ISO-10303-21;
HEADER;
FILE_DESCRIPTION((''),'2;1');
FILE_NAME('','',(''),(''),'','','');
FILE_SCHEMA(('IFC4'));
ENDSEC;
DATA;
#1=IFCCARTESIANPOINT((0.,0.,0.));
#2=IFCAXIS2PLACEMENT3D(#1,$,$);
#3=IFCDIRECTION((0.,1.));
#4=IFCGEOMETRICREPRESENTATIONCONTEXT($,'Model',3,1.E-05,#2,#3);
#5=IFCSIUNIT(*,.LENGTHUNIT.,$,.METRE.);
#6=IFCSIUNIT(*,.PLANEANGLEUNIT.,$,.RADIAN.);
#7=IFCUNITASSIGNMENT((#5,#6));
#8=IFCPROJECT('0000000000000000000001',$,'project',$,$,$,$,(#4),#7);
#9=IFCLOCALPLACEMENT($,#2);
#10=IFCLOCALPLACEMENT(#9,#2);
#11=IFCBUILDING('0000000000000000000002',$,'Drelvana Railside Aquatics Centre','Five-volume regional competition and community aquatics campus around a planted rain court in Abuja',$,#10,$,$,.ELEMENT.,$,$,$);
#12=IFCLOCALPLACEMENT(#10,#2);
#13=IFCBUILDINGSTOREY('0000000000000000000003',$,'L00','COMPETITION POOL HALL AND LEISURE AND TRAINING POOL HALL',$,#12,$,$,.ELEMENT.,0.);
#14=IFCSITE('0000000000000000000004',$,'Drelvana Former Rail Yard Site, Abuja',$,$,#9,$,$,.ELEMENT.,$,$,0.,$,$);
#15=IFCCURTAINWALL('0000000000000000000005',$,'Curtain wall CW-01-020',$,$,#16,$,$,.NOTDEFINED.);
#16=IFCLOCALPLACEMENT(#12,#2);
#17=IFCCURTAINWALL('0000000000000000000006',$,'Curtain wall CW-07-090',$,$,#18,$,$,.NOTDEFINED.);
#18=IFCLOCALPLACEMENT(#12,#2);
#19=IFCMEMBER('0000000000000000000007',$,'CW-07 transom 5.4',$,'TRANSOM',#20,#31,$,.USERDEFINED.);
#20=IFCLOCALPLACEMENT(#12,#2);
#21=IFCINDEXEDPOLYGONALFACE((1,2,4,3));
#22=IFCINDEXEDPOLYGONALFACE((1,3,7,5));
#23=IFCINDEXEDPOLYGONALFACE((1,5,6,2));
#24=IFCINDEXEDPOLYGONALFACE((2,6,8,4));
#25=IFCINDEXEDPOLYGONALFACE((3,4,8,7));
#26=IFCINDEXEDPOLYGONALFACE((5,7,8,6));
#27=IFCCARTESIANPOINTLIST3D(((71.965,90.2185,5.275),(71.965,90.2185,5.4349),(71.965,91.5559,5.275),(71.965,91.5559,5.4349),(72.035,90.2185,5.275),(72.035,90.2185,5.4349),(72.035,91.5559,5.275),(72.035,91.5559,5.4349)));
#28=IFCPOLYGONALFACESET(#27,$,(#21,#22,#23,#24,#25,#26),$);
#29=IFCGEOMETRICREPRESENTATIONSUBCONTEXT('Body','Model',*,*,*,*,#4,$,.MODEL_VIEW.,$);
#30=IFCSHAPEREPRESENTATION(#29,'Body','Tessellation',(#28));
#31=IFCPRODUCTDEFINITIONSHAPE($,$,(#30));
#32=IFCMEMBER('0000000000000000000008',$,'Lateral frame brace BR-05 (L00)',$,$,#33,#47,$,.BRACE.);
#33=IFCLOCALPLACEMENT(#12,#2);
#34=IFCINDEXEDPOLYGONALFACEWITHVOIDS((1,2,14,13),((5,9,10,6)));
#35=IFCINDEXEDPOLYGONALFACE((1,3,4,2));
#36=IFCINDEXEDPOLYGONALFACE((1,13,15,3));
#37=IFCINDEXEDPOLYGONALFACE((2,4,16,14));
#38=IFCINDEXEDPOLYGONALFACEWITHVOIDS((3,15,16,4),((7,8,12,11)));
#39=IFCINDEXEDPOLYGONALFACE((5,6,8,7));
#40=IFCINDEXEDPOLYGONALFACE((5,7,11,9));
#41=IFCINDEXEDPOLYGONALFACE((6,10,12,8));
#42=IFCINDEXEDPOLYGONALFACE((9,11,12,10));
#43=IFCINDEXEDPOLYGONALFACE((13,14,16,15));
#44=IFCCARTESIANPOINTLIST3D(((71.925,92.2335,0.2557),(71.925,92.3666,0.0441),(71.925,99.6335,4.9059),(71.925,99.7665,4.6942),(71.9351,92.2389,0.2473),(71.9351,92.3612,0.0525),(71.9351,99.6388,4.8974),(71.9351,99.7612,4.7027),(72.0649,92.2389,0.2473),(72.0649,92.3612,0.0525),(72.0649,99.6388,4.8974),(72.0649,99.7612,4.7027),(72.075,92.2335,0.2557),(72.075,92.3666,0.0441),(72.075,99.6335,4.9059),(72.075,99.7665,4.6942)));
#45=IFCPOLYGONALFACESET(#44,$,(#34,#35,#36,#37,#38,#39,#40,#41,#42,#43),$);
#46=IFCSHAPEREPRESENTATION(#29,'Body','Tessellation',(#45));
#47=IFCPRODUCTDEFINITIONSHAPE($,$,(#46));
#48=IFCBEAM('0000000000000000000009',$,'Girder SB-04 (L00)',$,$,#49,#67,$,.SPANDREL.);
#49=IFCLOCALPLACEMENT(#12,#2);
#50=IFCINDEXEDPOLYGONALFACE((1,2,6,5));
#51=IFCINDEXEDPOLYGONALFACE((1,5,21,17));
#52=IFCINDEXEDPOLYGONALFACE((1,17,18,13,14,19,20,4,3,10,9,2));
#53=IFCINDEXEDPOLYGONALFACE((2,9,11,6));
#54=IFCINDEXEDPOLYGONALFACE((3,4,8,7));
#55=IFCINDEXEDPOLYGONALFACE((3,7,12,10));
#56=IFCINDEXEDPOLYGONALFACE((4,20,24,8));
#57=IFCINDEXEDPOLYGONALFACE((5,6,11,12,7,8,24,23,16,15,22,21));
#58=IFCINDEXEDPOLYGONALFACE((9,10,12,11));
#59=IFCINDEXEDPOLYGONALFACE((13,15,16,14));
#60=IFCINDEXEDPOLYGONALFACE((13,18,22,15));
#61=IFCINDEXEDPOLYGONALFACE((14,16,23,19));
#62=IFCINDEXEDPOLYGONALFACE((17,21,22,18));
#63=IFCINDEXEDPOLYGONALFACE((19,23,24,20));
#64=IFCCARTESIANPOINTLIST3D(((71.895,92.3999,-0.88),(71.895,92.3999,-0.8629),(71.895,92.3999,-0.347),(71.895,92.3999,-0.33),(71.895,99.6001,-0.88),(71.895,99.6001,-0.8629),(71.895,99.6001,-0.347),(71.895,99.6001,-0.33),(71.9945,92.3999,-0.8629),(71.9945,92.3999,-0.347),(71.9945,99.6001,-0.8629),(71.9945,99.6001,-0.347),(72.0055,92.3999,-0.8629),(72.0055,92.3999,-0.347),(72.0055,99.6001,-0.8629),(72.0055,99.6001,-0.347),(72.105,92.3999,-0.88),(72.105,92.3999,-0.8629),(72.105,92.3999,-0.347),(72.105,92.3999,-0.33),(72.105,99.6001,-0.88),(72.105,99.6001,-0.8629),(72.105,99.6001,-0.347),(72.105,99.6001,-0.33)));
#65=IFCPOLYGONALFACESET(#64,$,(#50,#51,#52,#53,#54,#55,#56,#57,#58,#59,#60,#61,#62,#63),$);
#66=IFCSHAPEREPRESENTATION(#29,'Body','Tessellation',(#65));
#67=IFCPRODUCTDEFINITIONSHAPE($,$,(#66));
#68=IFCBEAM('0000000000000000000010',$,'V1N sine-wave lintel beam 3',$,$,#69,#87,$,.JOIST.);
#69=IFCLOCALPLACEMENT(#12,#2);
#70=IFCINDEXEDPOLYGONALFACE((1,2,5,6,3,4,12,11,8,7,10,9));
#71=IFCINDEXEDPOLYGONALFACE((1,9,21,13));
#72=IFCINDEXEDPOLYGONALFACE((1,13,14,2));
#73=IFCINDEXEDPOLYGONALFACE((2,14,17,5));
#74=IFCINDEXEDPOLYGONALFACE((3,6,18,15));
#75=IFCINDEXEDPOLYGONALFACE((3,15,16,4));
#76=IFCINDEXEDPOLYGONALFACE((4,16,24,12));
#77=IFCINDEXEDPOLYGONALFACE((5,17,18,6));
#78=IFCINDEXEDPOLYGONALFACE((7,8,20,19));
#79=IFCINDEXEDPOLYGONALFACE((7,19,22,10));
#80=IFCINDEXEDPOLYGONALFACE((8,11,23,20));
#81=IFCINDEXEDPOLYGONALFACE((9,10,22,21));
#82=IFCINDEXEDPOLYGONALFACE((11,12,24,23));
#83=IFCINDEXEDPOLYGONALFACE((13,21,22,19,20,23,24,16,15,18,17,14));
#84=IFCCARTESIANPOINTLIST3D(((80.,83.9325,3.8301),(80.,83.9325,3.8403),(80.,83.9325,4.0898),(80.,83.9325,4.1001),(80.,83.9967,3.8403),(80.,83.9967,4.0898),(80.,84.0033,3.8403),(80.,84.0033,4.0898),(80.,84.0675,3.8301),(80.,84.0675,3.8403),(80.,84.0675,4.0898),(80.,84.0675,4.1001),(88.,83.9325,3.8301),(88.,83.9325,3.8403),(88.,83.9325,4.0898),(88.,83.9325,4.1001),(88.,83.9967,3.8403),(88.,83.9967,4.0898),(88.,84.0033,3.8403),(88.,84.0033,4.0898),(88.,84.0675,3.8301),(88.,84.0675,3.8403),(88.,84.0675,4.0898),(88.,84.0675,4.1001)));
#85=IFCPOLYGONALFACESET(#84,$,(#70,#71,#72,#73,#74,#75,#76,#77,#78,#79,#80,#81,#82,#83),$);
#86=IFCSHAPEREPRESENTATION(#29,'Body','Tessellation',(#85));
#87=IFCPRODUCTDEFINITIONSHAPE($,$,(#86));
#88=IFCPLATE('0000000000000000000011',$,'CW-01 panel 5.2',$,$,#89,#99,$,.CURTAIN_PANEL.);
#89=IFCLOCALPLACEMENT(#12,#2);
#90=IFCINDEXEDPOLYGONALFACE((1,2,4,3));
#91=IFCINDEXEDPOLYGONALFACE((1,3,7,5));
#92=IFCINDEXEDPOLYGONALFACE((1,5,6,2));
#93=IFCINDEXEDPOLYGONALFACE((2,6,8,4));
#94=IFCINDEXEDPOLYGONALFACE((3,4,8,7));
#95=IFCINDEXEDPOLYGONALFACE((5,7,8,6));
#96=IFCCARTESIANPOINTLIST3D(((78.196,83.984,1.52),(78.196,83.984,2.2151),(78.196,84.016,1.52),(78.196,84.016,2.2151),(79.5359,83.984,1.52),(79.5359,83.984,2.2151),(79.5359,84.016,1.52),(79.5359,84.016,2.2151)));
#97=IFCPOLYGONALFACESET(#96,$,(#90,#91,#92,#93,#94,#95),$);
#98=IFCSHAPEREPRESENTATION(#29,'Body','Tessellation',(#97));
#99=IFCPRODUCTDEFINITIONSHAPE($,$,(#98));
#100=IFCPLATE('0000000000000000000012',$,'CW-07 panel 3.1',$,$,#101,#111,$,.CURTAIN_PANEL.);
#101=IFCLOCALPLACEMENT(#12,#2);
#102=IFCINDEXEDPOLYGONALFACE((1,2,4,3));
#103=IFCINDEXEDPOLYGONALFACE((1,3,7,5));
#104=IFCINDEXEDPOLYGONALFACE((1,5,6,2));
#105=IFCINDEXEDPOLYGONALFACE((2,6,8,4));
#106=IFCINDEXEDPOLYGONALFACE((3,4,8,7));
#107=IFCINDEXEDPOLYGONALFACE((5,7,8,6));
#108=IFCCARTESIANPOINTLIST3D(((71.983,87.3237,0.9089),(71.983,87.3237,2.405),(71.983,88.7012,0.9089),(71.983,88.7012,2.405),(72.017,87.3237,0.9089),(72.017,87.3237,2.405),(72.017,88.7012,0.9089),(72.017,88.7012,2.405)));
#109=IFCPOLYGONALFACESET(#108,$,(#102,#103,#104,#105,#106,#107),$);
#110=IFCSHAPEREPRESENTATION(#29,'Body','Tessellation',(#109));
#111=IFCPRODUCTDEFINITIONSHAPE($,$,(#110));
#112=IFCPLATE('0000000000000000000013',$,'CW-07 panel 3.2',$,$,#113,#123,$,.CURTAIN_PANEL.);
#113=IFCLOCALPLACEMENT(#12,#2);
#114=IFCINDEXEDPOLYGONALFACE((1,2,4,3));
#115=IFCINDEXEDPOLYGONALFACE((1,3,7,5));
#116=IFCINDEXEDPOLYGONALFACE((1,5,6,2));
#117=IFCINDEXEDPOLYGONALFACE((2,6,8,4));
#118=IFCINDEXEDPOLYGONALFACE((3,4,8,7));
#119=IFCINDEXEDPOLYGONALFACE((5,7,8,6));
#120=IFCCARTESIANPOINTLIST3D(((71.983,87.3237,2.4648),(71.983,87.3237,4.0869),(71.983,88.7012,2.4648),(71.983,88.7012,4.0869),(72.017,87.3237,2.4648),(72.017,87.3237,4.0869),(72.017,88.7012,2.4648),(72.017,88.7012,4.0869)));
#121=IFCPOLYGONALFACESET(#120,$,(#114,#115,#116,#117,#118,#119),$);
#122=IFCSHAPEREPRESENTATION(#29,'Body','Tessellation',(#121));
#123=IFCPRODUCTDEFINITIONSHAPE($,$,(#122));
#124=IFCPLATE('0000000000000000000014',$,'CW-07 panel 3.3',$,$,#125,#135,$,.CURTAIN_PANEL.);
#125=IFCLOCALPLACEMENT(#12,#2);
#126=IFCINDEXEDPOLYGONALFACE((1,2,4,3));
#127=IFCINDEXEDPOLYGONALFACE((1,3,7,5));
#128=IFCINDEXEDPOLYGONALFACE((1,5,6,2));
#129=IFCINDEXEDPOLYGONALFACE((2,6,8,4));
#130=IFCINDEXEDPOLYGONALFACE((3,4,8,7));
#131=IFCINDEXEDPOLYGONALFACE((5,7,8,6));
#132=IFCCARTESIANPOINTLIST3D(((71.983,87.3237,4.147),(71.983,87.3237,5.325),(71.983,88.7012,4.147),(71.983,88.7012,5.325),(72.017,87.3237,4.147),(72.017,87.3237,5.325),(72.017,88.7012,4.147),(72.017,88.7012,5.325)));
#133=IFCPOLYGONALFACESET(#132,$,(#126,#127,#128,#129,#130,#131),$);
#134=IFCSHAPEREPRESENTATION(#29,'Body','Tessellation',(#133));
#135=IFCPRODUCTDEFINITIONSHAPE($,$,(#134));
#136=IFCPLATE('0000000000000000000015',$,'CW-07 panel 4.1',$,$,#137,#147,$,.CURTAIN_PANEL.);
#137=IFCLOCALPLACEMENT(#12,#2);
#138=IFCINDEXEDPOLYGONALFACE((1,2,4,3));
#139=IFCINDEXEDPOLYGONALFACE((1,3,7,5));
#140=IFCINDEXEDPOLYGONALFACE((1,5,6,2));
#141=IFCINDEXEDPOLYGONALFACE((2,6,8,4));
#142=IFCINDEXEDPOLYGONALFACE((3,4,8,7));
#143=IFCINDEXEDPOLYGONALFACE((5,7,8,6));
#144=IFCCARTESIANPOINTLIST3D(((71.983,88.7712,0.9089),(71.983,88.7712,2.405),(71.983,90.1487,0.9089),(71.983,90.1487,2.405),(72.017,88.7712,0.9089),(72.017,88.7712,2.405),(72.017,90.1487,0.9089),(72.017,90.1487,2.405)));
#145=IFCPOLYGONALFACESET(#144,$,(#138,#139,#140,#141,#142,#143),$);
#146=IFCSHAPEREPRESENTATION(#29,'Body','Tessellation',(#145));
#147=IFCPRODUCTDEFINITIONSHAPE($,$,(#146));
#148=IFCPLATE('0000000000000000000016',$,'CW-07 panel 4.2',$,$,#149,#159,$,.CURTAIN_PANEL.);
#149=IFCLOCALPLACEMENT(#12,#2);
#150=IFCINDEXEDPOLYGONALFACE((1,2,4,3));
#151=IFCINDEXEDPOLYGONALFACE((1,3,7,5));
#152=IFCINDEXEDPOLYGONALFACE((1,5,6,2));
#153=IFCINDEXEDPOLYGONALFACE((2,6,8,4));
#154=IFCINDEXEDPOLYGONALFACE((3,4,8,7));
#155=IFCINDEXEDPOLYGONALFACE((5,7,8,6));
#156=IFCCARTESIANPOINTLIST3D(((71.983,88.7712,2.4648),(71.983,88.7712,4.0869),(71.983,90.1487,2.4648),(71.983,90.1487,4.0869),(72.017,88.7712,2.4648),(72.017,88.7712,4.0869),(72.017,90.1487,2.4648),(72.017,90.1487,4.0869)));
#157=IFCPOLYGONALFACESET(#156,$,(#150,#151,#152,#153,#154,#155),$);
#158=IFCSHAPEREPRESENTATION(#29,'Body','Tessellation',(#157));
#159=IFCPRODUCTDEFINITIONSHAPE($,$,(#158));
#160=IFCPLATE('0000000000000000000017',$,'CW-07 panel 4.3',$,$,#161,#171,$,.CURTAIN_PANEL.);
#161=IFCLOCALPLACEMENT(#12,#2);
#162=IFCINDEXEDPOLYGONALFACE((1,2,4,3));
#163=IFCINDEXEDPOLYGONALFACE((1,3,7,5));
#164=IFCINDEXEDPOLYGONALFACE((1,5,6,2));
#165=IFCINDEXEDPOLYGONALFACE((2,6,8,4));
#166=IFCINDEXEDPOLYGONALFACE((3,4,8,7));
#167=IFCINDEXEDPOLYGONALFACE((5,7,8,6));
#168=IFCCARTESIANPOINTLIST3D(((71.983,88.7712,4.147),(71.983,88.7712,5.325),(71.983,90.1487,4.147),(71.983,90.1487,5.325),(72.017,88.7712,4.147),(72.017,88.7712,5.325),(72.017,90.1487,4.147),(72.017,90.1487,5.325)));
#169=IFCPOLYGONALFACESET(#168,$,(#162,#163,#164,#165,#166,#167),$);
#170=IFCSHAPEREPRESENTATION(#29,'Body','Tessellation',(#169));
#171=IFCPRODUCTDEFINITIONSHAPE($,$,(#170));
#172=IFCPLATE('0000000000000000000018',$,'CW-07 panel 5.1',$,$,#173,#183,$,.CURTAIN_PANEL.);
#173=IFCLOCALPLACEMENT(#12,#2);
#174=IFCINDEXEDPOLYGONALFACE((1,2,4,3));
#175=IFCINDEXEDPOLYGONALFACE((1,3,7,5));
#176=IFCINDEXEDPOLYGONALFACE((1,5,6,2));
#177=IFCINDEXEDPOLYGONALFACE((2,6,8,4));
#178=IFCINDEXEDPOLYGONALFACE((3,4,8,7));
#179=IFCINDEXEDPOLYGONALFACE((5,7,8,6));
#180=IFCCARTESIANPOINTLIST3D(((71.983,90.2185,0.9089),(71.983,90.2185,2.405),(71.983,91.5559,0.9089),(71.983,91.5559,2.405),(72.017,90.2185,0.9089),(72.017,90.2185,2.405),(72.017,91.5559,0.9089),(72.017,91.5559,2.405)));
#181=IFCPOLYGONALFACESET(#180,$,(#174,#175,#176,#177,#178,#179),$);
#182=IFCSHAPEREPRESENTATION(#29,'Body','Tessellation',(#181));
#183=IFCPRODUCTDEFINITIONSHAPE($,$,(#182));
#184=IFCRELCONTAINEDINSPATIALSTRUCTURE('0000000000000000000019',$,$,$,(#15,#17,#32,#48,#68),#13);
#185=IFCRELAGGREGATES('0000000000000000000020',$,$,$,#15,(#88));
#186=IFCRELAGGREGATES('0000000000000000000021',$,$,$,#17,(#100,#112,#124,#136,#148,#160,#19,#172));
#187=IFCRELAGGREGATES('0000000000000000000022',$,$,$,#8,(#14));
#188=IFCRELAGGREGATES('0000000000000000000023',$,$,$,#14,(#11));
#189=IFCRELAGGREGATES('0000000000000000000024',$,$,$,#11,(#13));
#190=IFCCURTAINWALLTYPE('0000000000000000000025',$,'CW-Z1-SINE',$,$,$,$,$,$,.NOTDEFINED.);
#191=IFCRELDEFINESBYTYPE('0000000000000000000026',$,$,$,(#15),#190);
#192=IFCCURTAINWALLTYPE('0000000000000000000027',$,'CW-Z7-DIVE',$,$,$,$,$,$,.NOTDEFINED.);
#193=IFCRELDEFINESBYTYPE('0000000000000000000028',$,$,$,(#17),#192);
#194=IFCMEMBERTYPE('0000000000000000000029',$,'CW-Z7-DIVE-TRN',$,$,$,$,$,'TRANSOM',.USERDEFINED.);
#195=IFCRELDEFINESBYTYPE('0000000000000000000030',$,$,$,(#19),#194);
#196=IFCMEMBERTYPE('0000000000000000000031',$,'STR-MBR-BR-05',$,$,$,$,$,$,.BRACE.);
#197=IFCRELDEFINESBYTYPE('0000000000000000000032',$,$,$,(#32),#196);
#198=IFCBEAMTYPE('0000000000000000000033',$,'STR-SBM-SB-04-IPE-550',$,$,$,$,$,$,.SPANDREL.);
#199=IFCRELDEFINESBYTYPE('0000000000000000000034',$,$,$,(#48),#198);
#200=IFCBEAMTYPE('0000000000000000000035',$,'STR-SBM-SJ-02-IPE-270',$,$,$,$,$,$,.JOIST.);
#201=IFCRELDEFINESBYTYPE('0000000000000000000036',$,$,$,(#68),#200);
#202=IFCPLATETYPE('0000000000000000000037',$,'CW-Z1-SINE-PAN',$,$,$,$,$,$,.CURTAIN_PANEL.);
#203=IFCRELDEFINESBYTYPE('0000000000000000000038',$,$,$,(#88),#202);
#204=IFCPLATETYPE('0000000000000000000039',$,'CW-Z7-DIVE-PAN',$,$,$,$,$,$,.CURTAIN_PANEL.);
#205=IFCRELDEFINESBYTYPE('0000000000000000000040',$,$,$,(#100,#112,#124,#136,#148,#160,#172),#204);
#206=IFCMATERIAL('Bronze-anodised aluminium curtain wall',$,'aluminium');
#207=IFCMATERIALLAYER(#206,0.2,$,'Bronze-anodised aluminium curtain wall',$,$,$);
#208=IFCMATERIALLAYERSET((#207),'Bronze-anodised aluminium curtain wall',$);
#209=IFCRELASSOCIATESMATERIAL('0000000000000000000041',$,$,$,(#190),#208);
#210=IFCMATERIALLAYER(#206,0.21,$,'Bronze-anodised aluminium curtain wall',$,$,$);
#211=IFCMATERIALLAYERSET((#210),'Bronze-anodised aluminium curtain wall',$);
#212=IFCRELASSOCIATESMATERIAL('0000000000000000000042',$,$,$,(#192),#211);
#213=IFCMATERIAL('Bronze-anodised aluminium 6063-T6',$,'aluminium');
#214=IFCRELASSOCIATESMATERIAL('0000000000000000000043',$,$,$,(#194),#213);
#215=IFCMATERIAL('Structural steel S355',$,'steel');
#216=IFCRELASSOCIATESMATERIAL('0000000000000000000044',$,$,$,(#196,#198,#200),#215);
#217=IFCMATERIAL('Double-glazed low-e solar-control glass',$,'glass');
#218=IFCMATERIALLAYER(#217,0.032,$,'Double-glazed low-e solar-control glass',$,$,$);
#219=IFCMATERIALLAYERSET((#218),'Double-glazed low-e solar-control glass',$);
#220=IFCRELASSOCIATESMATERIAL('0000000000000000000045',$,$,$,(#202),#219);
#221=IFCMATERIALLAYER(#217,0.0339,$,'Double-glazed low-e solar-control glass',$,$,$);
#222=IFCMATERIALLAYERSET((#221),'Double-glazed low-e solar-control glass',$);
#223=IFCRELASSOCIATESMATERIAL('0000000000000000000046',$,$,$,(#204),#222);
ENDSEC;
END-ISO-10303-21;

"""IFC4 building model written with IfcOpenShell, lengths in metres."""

from ifc_helpers import new_model, si_unit, direction, frame, origin, origin_2d, place, context, subcontext, project, spatial, rectangle, hollow_rectangle, i_section, extrude, material, layer, layer_set, material_profile, profile_set, type_object, element, aggregate, save


model = new_model("IFC4")

# Units and contexts
model_context = context("Model", 3, precision=1e-05, world=origin(), true_north=direction((0.0, 1.0)))
body_context = subcontext(model_context, "Body", "Model", "MODEL_VIEW")
ifc_project = project(units=[si_unit("LENGTHUNIT", "METRE"), si_unit("PLANEANGLEUNIT", "RADIAN")], contexts=[model_context])

# Site, building, storey
site_placement = place(None, origin())
site = spatial("IfcSite", under=ifc_project, at=site_placement, Name="Drelvana Former Rail Yard Site, Abuja", CompositionType="ELEMENT", RefElevation=0.0)
building_placement = place(site_placement, origin())
building = spatial("IfcBuilding", under=site, at=building_placement, Name="Drelvana Railside Aquatics Centre", Description="Five-volume regional competition and community aquatics campus around a planted rain court in Abuja", CompositionType="ELEMENT")
storey_placement = place(building_placement, origin())
storey = spatial("IfcBuildingStorey", under=building, at=storey_placement, Name="L00", Description="COMPETITION POOL HALL AND LEISURE AND TRAINING POOL HALL", CompositionType="ELEMENT", Elevation=0.0)

# Curtain wall
ifc_material_1 = material(Name="Bronze-anodised aluminium curtain wall", Category="aluminium")
ifc_layer_1 = layer(ifc_material_1, 0.2, Name="Bronze-anodised aluminium curtain wall")
ifc_layer_set_1 = layer_set([ifc_layer_1], Name="Bronze-anodised aluminium curtain wall")
curtain_wall_type_1 = type_object("IfcCurtainWallType", Name="CW-Z1-SINE", PredefinedType="NOTDEFINED", material=ifc_layer_set_1)
curtain_wall_1_placement = place(storey_placement, origin())
curtain_wall_1 = element("IfcCurtainWall", 1, at=curtain_wall_1_placement, inside=storey, type_object=curtain_wall_type_1, Name="Curtain wall CW-01-020", PredefinedType="NOTDEFINED")
ifc_material_2 = material(Name="Bronze-anodised aluminium 6063-T6", Category="aluminium")

# Curtain wall, member
ifc_layer_2 = layer(ifc_material_1, 0.21, Name="Bronze-anodised aluminium curtain wall")
ifc_layer_set_2 = layer_set([ifc_layer_2], Name="Bronze-anodised aluminium curtain wall")
curtain_wall_type_2 = type_object("IfcCurtainWallType", Name="CW-Z7-DIVE", PredefinedType="NOTDEFINED", material=ifc_layer_set_2)
curtain_wall_2_placement = place(storey_placement, origin())
curtain_wall_2 = element("IfcCurtainWall", 2, at=curtain_wall_2_placement, inside=storey, type_object=curtain_wall_type_2, Name="Curtain wall CW-07-090", PredefinedType="NOTDEFINED")
ifc_material_profile_1 = material_profile(ifc_material_2, rectangle(XDim=0.1599, YDim=0.0701, at=origin_2d()), Name="ALU-T 70x160")
ifc_profile_set_1 = profile_set([ifc_material_profile_1], Name="Bronze-anodised aluminium 6063-T6")
member_type_1 = type_object("IfcMemberType", Name="CW-Z7-DIVE-TRN", ElementType="TRANSOM", PredefinedType="USERDEFINED", material=ifc_profile_set_1)
member_1_placement = place(storey_placement, frame((72.0, 90.2185, 5.355), z_axis=(0.0, 1.0, 0.0), x_axis=(0.0, 0.0, 1.0)))
member_1 = element("IfcMember", 3, at=member_1_placement, type_object=member_type_1, Name="CW-07 transom 5.4", ObjectType="TRANSOM", PredefinedType="USERDEFINED", context=body_context, shape_type="SweptSolid", body=[
    extrude(rectangle(XDim=0.1599, YDim=0.0701, at=origin_2d()), origin(), (0.0, 0.0, 1.0), 1.3374),
])

# Member
ifc_material_3 = material(Name="Structural steel S355", Category="steel")
ifc_material_profile_2 = material_profile(ifc_material_3, hollow_rectangle(XDim=0.1499, YDim=0.25, WallThickness=0.01, at=origin_2d()), Name="RHS 250x150x10")
ifc_profile_set_2 = profile_set([ifc_material_profile_2], Name="Structural steel S355")
member_type_2 = type_object("IfcMemberType", Name="STR-MBR-BR-05", PredefinedType="BRACE", material=ifc_profile_set_2)
member_2_placement = place(storey_placement, frame((72.0, 92.3, 0.1499), z_axis=(0.0, 0.846699, 0.532071), x_axis=(-1.0, 0.0, 0.0)))
element("IfcMember", 4, at=member_2_placement, inside=storey, type_object=member_type_2, Name="Lateral frame brace BR-05 (L00)", PredefinedType="BRACE", context=body_context, shape_type="SweptSolid", body=[
    extrude(hollow_rectangle(XDim=0.1499, YDim=0.25, WallThickness=0.01, at=origin_2d()), origin(), (0.0, 0.0, 1.0), 8.7397),
])

# Beams
ifc_material_profile_3 = material_profile(ifc_material_3, i_section(OverallWidth=0.21, OverallDepth=0.55, WebThickness=0.011, FlangeThickness=0.0171, at=origin_2d()), Name="IPE 550")
ifc_profile_set_3 = profile_set([ifc_material_profile_3], Name="Structural steel S355")
beam_type_1 = type_object("IfcBeamType", Name="STR-SBM-SB-04-IPE-550", PredefinedType="SPANDREL", material=ifc_profile_set_3)
beam_1_placement = place(storey_placement, frame((72.0, 92.3999, -0.605), z_axis=(0.0, 1.0, 0.0), x_axis=(-1.0, 0.0, 0.0)))
element("IfcBeam", 5, at=beam_1_placement, inside=storey, type_object=beam_type_1, Name="Girder SB-04 (L00)", PredefinedType="SPANDREL", context=body_context, shape_type="SweptSolid", body=[
    extrude(i_section(OverallWidth=0.21, OverallDepth=0.55, WebThickness=0.011, FlangeThickness=0.0171, at=origin_2d()), origin(), (0.0, 0.0, 1.0), 7.2002),
])
ifc_material_profile_4 = material_profile(ifc_material_3, i_section(OverallWidth=0.135, OverallDepth=0.27, WebThickness=0.0066, FlangeThickness=0.0103, at=origin_2d()), Name="IPE 270")
ifc_profile_set_4 = profile_set([ifc_material_profile_4], Name="Structural steel S355")
beam_type_2 = type_object("IfcBeamType", Name="STR-SBM-SJ-02-IPE-270", PredefinedType="JOIST", material=ifc_profile_set_4)
beam_2_placement = place(storey_placement, frame((80.0, 84.0, 3.9651), z_axis=(1.0, 0.0, 0.0), x_axis=(0.0, 1.0, 0.0)))
element("IfcBeam", 6, at=beam_2_placement, inside=storey, type_object=beam_type_2, Name="V1N sine-wave lintel beam 3", PredefinedType="JOIST", context=body_context, shape_type="SweptSolid", body=[
    extrude(i_section(OverallWidth=0.135, OverallDepth=0.27, WebThickness=0.0066, FlangeThickness=0.0103, at=origin_2d()), origin(), (0.0, 0.0, 1.0), 8.0),
])

# Plates
ifc_material_4 = material(Name="Double-glazed low-e solar-control glass", Category="glass")
ifc_layer_3 = layer(ifc_material_4, 0.032, Name="Double-glazed low-e solar-control glass")
ifc_layer_set_3 = layer_set([ifc_layer_3], Name="Double-glazed low-e solar-control glass")
plate_type_1 = type_object("IfcPlateType", Name="CW-Z1-SINE-PAN", PredefinedType="CURTAIN_PANEL", material=ifc_layer_set_3)
plate_1_placement = place(storey_placement, frame((78.866, 84.0, 1.52), z_axis=(0.0, 0.0, 1.0), x_axis=(1.0, 0.0, 0.0)))
plate_1 = element("IfcPlate", 7, at=plate_1_placement, type_object=plate_type_1, Name="CW-01 panel 5.2", PredefinedType="CURTAIN_PANEL", context=body_context, shape_type="SweptSolid", body=[
    extrude(rectangle(XDim=1.3398, YDim=0.032, at=origin_2d()), origin(), (0.0, 0.0, 1.0), 0.6951),
])
aggregate(curtain_wall_1, [plate_1])
ifc_layer_4 = layer(ifc_material_4, 0.0339, Name="Double-glazed low-e solar-control glass")
ifc_layer_set_4 = layer_set([ifc_layer_4], Name="Double-glazed low-e solar-control glass")
plate_type_2 = type_object("IfcPlateType", Name="CW-Z7-DIVE-PAN", PredefinedType="CURTAIN_PANEL", material=ifc_layer_set_4)
plate_2_placement = place(storey_placement, frame((72.0, 88.0125, 0.9089), z_axis=(0.0, 0.0, 1.0), x_axis=(0.0, 1.0, 0.0)))
plate_2 = element("IfcPlate", 8, at=plate_2_placement, type_object=plate_type_2, Name="CW-07 panel 3.1", PredefinedType="CURTAIN_PANEL", context=body_context, shape_type="SweptSolid", body=[
    extrude(rectangle(XDim=1.3774, YDim=0.0339, at=origin_2d()), origin(), (0.0, 0.0, 1.0), 1.4961),
])
plate_3_placement = place(storey_placement, frame((72.0, 88.0125, 2.4648), z_axis=(0.0, 0.0, 1.0), x_axis=(0.0, 1.0, 0.0)))
plate_3 = element("IfcPlate", 9, at=plate_3_placement, type_object=plate_type_2, Name="CW-07 panel 3.2", PredefinedType="CURTAIN_PANEL", context=body_context, shape_type="SweptSolid", body=[
    extrude(rectangle(XDim=1.3774, YDim=0.0339, at=origin_2d()), origin(), (0.0, 0.0, 1.0), 1.6221),
])
plate_4_placement = place(storey_placement, frame((72.0, 88.0125, 4.147), z_axis=(0.0, 0.0, 1.0), x_axis=(0.0, 1.0, 0.0)))
plate_4 = element("IfcPlate", 10, at=plate_4_placement, type_object=plate_type_2, Name="CW-07 panel 3.3", PredefinedType="CURTAIN_PANEL", context=body_context, shape_type="SweptSolid", body=[
    extrude(rectangle(XDim=1.3774, YDim=0.0339, at=origin_2d()), origin(), (0.0, 0.0, 1.0), 1.178),
])
plate_5_placement = place(storey_placement, frame((72.0, 89.46, 0.9089), z_axis=(0.0, 0.0, 1.0), x_axis=(0.0, 1.0, 0.0)))
plate_5 = element("IfcPlate", 11, at=plate_5_placement, type_object=plate_type_2, Name="CW-07 panel 4.1", PredefinedType="CURTAIN_PANEL", context=body_context, shape_type="SweptSolid", body=[
    extrude(rectangle(XDim=1.3774, YDim=0.0339, at=origin_2d()), origin(), (0.0, 0.0, 1.0), 1.4961),
])
plate_6_placement = place(storey_placement, frame((72.0, 89.46, 2.4648), z_axis=(0.0, 0.0, 1.0), x_axis=(0.0, 1.0, 0.0)))
plate_6 = element("IfcPlate", 12, at=plate_6_placement, type_object=plate_type_2, Name="CW-07 panel 4.2", PredefinedType="CURTAIN_PANEL", context=body_context, shape_type="SweptSolid", body=[
    extrude(rectangle(XDim=1.3774, YDim=0.0339, at=origin_2d()), origin(), (0.0, 0.0, 1.0), 1.6221),
])
plate_7_placement = place(storey_placement, frame((72.0, 89.46, 4.147), z_axis=(0.0, 0.0, 1.0), x_axis=(0.0, 1.0, 0.0)))
plate_7 = element("IfcPlate", 13, at=plate_7_placement, type_object=plate_type_2, Name="CW-07 panel 4.3", PredefinedType="CURTAIN_PANEL", context=body_context, shape_type="SweptSolid", body=[
    extrude(rectangle(XDim=1.3774, YDim=0.0339, at=origin_2d()), origin(), (0.0, 0.0, 1.0), 1.178),
])
plate_8_placement = place(storey_placement, frame((72.0, 90.8872, 0.9089), z_axis=(0.0, 0.0, 1.0), x_axis=(0.0, 1.0, 0.0)))
plate_8 = element("IfcPlate", 14, at=plate_8_placement, type_object=plate_type_2, Name="CW-07 panel 5.1", PredefinedType="CURTAIN_PANEL", context=body_context, shape_type="SweptSolid", body=[
    extrude(rectangle(XDim=1.3374, YDim=0.0339, at=origin_2d()), origin(), (0.0, 0.0, 1.0), 1.4961),
])
aggregate(curtain_wall_2, [plate_2, plate_3, plate_4, plate_5, plate_6, plate_7, member_1, plate_8])

save(model, "model.ifc")
